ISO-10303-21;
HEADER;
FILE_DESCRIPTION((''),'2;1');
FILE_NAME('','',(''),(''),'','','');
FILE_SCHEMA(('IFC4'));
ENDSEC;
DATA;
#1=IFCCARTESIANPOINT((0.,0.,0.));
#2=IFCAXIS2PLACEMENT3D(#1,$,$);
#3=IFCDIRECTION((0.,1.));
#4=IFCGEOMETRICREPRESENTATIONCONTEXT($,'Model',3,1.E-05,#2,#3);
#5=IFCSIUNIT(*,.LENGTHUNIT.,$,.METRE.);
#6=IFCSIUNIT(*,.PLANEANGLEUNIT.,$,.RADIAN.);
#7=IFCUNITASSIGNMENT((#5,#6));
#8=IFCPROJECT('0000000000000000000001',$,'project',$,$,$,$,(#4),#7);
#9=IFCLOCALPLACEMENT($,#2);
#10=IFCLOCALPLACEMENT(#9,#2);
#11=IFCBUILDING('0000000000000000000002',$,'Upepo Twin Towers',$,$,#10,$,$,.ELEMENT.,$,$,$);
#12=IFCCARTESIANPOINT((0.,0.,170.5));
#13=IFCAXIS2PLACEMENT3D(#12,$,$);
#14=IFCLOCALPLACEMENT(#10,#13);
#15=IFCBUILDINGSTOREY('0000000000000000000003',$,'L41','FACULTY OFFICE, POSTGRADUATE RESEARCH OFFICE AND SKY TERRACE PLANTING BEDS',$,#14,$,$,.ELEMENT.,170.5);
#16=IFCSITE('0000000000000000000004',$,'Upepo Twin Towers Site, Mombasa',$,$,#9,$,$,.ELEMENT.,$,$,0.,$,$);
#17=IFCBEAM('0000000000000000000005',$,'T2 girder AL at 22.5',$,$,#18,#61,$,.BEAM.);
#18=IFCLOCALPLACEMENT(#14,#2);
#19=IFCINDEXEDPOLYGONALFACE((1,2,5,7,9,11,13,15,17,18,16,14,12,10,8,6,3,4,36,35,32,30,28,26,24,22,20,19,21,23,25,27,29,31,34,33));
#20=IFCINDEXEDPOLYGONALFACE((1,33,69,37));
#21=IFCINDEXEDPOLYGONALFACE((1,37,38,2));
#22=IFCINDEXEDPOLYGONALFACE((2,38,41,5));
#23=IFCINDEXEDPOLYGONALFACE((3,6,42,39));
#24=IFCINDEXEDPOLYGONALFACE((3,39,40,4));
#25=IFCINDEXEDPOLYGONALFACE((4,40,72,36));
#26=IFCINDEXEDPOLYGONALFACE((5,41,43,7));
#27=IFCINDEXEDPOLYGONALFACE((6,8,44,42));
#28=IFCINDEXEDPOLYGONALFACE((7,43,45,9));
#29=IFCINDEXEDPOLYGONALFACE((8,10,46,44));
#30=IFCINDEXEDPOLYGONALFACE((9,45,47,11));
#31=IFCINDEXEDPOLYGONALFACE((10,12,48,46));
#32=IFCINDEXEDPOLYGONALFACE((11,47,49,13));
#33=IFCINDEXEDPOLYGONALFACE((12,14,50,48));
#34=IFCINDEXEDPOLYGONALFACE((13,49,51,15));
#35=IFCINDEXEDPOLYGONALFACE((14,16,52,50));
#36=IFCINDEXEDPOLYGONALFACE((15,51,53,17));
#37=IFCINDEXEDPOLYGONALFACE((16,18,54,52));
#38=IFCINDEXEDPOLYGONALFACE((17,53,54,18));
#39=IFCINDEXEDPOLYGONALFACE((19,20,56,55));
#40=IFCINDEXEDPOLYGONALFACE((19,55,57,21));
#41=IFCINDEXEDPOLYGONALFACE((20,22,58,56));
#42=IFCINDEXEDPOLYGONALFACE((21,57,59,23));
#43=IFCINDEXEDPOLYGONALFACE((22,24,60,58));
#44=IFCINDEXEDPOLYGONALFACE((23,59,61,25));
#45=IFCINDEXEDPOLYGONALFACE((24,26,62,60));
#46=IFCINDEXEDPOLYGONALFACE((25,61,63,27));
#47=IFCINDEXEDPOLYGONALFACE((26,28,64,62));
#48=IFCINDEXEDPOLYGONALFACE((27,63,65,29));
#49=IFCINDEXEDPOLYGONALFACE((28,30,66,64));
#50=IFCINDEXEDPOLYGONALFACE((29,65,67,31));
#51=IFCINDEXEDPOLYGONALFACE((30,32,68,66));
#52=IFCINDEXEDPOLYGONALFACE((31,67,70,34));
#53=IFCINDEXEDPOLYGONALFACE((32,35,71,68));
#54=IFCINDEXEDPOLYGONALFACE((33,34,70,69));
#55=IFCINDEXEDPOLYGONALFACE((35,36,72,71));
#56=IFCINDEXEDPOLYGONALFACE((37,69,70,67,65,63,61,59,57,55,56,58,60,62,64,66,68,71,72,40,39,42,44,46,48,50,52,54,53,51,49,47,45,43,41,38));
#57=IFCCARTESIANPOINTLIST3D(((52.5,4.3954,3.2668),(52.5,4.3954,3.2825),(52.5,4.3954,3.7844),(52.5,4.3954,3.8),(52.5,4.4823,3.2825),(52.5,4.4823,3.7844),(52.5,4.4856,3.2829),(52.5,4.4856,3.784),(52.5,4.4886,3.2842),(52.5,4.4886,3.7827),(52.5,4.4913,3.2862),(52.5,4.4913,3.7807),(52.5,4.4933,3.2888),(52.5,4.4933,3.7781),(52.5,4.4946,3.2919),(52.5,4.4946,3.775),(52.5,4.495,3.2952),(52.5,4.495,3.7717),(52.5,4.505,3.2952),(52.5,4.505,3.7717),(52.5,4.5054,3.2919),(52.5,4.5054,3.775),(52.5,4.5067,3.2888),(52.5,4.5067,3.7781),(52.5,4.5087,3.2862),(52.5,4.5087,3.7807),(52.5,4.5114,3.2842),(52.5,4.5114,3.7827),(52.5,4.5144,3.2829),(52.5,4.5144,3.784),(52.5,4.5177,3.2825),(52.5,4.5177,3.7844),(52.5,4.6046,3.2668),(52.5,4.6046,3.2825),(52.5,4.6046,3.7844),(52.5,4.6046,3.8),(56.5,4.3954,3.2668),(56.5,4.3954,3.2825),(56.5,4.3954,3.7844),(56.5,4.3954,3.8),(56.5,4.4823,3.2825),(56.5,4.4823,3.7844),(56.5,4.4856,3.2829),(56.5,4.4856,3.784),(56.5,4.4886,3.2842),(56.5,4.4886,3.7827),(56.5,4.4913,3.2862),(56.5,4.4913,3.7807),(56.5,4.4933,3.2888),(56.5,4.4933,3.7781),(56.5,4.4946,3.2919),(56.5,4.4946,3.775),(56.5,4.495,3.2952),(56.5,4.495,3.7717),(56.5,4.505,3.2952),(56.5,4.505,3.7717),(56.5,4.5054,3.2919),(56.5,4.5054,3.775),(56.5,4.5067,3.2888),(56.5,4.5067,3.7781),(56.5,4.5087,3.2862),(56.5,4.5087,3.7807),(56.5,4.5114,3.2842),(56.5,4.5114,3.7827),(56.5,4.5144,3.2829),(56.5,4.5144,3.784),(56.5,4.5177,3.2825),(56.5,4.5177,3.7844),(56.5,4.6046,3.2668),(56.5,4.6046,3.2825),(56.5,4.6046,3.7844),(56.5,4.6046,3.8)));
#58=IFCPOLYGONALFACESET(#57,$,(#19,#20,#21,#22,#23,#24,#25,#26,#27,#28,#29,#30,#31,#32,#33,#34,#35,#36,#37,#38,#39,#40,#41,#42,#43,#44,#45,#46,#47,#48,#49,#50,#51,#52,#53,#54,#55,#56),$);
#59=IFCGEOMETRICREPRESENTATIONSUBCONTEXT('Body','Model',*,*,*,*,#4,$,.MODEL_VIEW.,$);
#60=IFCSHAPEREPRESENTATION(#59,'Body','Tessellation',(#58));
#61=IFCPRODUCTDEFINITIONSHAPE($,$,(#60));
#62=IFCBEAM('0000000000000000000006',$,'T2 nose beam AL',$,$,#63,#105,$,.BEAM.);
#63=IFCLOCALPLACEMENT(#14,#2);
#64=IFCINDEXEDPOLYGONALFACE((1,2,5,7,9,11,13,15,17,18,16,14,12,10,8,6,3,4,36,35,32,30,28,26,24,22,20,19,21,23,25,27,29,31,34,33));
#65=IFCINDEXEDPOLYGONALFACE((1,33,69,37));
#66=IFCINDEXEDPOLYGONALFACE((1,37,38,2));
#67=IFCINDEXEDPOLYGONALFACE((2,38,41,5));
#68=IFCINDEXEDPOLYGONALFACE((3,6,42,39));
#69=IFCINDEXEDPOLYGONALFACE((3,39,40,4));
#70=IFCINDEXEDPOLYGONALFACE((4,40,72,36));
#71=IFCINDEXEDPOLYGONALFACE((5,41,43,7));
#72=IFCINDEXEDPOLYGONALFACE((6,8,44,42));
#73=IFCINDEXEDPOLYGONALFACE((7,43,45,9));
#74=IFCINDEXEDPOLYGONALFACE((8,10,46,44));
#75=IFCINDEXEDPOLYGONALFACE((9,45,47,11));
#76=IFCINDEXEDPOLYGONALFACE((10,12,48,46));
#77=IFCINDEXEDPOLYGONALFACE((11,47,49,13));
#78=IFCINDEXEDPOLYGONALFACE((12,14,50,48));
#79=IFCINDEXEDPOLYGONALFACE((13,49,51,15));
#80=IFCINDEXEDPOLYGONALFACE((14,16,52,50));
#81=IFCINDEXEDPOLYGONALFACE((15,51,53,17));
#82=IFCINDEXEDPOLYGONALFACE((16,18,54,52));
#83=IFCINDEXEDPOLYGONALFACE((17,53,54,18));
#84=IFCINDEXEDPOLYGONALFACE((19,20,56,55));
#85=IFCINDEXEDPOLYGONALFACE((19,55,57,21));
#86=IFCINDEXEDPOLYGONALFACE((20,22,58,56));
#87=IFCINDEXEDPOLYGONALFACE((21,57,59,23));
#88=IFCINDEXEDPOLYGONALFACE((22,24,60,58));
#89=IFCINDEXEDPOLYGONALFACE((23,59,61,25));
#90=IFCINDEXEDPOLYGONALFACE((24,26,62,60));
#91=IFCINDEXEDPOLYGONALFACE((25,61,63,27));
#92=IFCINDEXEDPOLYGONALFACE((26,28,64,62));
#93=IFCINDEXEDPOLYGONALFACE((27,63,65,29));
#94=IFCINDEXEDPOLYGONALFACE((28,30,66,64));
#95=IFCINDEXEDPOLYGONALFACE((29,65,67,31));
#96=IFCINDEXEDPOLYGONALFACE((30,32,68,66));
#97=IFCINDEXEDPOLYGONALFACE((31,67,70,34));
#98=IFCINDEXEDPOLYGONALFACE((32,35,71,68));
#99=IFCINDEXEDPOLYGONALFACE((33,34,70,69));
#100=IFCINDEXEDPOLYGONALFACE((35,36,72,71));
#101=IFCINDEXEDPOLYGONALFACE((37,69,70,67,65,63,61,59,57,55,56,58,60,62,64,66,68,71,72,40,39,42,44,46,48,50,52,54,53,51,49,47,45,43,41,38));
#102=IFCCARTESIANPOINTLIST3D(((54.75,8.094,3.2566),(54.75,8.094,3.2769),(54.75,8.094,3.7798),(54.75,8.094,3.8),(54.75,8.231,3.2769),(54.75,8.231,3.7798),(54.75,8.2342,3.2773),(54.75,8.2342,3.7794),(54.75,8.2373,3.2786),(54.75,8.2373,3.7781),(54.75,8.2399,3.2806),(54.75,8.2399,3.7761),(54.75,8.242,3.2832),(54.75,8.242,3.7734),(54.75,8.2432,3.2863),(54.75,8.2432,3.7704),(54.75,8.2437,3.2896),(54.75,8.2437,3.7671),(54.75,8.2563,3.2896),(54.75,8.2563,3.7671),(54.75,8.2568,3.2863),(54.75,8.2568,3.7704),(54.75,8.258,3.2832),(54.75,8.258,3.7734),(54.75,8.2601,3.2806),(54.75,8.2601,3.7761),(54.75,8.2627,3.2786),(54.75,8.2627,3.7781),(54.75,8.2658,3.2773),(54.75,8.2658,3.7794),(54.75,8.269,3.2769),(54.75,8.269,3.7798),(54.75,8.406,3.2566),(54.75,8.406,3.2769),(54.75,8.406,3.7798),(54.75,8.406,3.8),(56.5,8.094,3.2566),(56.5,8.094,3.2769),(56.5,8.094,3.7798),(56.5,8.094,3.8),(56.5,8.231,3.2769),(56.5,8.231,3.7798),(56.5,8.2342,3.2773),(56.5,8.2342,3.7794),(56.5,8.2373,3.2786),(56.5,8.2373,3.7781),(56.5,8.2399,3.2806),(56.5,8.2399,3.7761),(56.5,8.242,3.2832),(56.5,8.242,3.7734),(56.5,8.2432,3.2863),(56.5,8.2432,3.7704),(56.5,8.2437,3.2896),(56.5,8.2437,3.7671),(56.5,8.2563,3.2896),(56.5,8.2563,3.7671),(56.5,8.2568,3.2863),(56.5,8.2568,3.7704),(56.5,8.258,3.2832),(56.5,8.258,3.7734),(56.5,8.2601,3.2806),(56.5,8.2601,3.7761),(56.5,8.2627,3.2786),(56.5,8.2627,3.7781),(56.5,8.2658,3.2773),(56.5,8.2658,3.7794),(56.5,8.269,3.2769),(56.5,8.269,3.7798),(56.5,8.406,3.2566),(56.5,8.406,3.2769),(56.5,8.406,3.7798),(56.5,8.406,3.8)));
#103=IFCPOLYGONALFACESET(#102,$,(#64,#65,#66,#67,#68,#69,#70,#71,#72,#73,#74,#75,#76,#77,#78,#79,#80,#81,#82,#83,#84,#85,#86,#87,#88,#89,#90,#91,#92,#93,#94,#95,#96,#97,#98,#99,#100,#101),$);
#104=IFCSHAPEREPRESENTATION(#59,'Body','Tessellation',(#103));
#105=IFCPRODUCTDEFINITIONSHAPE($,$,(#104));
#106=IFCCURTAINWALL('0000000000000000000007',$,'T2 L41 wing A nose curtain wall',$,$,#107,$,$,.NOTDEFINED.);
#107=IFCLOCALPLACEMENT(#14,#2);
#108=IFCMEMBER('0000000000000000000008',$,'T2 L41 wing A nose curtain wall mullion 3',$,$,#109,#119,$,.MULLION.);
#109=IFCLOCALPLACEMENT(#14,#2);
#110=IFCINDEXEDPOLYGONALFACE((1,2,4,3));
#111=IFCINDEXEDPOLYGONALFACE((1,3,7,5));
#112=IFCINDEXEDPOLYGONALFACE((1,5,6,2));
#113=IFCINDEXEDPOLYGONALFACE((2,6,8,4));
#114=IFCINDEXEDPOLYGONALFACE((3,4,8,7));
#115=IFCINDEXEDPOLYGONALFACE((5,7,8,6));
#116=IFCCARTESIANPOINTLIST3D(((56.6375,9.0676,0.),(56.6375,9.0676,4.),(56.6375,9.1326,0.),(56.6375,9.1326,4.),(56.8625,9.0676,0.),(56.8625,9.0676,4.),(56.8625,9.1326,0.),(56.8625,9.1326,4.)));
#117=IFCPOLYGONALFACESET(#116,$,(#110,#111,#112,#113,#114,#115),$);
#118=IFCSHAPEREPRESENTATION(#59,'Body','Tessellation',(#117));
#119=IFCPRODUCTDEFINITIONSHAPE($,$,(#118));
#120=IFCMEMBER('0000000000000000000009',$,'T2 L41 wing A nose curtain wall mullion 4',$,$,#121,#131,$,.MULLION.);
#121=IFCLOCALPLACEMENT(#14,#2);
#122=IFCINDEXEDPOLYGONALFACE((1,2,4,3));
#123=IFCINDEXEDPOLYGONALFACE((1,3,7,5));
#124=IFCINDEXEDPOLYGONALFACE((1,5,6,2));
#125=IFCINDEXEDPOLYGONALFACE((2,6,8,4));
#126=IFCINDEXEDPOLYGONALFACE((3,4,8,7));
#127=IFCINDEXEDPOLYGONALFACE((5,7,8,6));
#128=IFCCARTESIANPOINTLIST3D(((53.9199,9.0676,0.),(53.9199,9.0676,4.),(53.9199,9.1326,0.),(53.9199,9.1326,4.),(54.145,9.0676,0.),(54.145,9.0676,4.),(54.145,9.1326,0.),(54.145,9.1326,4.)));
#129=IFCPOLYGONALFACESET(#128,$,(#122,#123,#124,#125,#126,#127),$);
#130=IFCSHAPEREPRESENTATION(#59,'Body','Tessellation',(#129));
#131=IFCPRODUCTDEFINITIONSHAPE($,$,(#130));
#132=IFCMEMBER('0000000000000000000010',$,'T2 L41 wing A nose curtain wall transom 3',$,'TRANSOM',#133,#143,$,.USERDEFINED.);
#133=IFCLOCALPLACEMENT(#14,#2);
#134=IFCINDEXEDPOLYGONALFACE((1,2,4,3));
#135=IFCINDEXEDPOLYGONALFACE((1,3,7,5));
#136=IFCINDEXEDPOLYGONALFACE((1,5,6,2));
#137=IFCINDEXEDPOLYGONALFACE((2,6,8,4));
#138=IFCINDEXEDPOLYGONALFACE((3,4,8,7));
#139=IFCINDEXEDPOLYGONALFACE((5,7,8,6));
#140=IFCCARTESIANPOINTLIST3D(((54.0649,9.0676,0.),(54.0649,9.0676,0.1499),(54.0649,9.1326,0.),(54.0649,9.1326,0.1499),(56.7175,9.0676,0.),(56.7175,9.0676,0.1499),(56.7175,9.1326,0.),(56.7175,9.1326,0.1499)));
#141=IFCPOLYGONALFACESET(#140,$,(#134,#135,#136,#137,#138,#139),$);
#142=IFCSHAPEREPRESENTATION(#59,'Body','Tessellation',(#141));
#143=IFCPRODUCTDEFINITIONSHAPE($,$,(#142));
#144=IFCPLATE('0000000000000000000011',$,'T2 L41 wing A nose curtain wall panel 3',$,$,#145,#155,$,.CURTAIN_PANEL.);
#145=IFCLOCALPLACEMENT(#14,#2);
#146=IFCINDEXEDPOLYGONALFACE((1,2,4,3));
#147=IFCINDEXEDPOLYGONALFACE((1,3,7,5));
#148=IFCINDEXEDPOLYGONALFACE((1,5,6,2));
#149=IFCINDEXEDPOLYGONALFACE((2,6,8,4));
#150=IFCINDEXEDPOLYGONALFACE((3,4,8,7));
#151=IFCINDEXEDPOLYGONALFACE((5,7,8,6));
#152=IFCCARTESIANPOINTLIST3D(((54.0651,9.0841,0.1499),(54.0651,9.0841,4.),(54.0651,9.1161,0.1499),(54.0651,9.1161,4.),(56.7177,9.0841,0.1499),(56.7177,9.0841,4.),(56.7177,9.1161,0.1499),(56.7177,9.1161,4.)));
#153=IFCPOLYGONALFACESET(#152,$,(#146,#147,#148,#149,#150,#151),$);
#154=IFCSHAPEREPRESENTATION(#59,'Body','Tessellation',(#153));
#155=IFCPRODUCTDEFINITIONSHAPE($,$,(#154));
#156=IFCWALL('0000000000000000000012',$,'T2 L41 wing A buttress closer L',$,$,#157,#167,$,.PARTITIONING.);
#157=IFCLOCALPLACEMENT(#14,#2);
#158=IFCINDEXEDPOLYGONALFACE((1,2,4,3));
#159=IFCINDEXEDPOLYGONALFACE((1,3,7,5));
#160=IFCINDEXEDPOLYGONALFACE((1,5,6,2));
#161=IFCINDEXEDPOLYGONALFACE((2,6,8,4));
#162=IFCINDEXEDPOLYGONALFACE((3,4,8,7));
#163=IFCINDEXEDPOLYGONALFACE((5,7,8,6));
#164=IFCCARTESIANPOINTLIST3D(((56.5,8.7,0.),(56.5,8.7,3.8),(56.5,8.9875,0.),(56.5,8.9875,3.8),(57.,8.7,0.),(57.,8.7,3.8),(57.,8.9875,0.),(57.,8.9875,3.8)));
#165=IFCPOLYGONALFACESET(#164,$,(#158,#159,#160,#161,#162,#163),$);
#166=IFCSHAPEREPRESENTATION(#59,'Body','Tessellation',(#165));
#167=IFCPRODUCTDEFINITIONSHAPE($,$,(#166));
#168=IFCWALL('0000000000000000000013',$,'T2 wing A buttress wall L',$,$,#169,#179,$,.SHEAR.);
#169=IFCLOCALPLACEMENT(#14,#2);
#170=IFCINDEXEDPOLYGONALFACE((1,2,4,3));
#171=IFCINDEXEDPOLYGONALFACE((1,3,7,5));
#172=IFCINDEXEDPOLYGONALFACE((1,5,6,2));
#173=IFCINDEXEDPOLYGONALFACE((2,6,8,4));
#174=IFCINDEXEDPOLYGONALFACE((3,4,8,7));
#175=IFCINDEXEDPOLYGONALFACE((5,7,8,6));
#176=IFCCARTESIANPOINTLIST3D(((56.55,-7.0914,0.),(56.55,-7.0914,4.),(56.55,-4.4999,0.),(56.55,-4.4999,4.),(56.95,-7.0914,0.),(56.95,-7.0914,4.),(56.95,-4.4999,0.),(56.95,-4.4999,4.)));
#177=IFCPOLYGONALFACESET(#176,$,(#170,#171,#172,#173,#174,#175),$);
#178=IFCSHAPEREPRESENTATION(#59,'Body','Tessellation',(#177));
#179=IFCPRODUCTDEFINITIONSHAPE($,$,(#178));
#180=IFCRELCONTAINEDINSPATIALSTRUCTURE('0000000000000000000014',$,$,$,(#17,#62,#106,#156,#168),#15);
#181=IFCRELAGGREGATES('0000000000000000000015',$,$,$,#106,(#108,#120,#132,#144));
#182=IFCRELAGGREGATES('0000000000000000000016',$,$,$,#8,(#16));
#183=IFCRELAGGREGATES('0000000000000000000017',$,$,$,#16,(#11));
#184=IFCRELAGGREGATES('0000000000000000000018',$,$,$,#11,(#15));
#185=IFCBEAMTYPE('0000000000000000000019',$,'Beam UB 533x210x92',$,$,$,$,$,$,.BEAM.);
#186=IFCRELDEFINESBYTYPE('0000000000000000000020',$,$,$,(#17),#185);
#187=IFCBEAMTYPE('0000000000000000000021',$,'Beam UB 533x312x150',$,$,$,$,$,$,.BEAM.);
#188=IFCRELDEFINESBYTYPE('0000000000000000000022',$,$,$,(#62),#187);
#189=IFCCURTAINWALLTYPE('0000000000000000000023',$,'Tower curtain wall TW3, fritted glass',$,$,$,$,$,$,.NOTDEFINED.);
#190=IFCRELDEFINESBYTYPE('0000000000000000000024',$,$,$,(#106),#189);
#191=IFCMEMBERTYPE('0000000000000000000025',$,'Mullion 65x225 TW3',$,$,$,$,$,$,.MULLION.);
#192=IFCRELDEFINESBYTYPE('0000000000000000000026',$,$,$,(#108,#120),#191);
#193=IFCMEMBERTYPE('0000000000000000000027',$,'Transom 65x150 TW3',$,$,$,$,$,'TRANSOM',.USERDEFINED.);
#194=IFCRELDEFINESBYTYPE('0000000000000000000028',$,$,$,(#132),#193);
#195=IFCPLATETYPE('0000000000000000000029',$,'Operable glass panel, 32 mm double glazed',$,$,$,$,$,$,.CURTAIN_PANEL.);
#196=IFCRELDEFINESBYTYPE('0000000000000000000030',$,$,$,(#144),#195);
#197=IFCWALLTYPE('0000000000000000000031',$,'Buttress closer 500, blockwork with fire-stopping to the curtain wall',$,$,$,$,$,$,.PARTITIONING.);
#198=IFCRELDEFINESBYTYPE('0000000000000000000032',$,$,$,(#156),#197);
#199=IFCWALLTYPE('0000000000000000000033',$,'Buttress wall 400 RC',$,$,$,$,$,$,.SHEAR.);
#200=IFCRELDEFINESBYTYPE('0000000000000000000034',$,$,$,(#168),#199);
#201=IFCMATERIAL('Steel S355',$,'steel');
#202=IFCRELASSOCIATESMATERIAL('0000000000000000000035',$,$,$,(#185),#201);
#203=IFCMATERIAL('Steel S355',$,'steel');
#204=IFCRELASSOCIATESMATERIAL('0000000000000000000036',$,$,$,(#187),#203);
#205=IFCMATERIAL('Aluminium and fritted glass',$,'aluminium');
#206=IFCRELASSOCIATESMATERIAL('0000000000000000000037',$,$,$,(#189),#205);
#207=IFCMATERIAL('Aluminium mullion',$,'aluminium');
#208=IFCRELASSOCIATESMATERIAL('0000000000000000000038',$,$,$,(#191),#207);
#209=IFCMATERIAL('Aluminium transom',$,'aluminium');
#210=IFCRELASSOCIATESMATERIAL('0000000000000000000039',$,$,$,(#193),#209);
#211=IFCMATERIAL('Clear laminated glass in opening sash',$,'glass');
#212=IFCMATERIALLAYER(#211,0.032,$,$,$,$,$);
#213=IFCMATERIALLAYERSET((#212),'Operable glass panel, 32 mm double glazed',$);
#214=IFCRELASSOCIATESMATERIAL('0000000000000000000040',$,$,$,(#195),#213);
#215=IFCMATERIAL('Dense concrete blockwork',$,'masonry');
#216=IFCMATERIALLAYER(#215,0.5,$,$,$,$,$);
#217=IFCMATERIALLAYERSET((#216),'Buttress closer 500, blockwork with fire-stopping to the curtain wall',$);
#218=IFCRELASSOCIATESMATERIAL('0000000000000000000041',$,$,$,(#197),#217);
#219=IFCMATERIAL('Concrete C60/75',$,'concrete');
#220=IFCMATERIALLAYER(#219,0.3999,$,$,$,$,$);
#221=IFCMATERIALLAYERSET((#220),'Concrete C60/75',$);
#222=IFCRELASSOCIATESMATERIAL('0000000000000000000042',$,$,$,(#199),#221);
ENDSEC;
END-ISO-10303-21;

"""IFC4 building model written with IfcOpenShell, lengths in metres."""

from ifc_helpers import new_model, si_unit, direction, frame, frame_2d, origin, origin_2d, place, context, subcontext, project, spatial, rectangle, i_section, extrude, material, layer, layer_set, material_profile, profile_set, type_object, element, aggregate, save


model = new_model("IFC4")

# Units and contexts
model_context = context("Model", 3, precision=1e-05, world=origin(), true_north=direction((0.0, 1.0)))
body_context = subcontext(model_context, "Body", "Model", "MODEL_VIEW")
ifc_project = project(units=[si_unit("LENGTHUNIT", "METRE"), si_unit("PLANEANGLEUNIT", "RADIAN")], contexts=[model_context])

# Site, building, storey
site_placement = place(None, origin())
site = spatial("IfcSite", under=ifc_project, at=site_placement, Name="Upepo Twin Towers Site, Mombasa", CompositionType="ELEMENT", RefElevation=0.0)
building_placement = place(site_placement, origin())
building = spatial("IfcBuilding", under=site, at=building_placement, Name="Upepo Twin Towers", CompositionType="ELEMENT")
storey_placement = place(building_placement, frame((0.0, 0.0, 170.5)))
storey = spatial("IfcBuildingStorey", under=building, at=storey_placement, Name="L41", Description="FACULTY OFFICE, POSTGRADUATE RESEARCH OFFICE AND SKY TERRACE PLANTING BEDS", CompositionType="ELEMENT", Elevation=170.5)

# Beams
ifc_material_1 = material(Name="Steel S355", Category="steel")
ifc_material_profile_1 = material_profile(ifc_material_1, i_section(OverallWidth=0.2092, OverallDepth=0.5332, WebThickness=0.01, FlangeThickness=0.0156, FilletRadius=0.0127, at=origin_2d()), Name="UB 533x210x92")
ifc_profile_set_1 = profile_set([ifc_material_profile_1], Name="Steel S355")
beam_type_1 = type_object("IfcBeamType", Name="Beam UB 533x210x92", PredefinedType="BEAM", material=ifc_profile_set_1)
for number, where, z_axis, x_axis, name in (
    (1, (52.5, 4.5, 3.5334), (1.0, 0.0, 0.0), (0.0, 1.0, 0.0), "T2 girder AL at 22.5"),
):
    element("IfcBeam", number, at=place(storey_placement, frame(where, z_axis=z_axis, x_axis=x_axis)), inside=storey, type_object=beam_type_1, Name=name, PredefinedType="BEAM", context=body_context, shape_type="SweptSolid", body=[
        extrude(i_section(OverallWidth=0.2092, OverallDepth=0.5332, WebThickness=0.01, FlangeThickness=0.0156, FilletRadius=0.0127, at=origin_2d()), origin(), (0.0, 0.0, 1.0), 4.0),
    ])
ifc_material_2 = material(Name="Steel S355", Category="steel")
ifc_material_profile_2 = material_profile(ifc_material_2, i_section(OverallWidth=0.312, OverallDepth=0.5435, WebThickness=0.0127, FlangeThickness=0.0203, FilletRadius=0.0127, at=origin_2d()), Name="UB 533x312x150")
ifc_profile_set_2 = profile_set([ifc_material_profile_2], Name="Steel S355")
beam_type_2 = type_object("IfcBeamType", Name="Beam UB 533x312x150", PredefinedType="BEAM", material=ifc_profile_set_2)
beam_1_placement = place(storey_placement, frame((54.75, 8.25, 3.5283), z_axis=(1.0, 0.0, 0.0), x_axis=(0.0, 1.0, 0.0)))
element("IfcBeam", 2, at=beam_1_placement, inside=storey, type_object=beam_type_2, Name="T2 nose beam AL", PredefinedType="BEAM", context=body_context, shape_type="SweptSolid", body=[
    extrude(i_section(OverallWidth=0.312, OverallDepth=0.5435, WebThickness=0.0127, FlangeThickness=0.0203, FilletRadius=0.0127, at=origin_2d()), origin(), (0.0, 0.0, 1.0), 1.75),
])

# Curtain wall, members, plate
ifc_material_3 = material(Name="Aluminium and fritted glass", Category="aluminium")
curtain_wall_type = type_object("IfcCurtainWallType", Name="Tower curtain wall TW3, fritted glass", PredefinedType="NOTDEFINED", material=ifc_material_3)
curtain_wall_placement = place(storey_placement, origin())
curtain_wall = element("IfcCurtainWall", 3, at=curtain_wall_placement, inside=storey, type_object=curtain_wall_type, Name="T2 L41 wing A nose curtain wall", PredefinedType="NOTDEFINED")
ifc_material_4 = material(Name="Aluminium mullion", Category="aluminium")
ifc_material_profile_3 = material_profile(ifc_material_4, rectangle(XDim=0.0649, YDim=0.2251, at=origin_2d()), Name="MULLION 65x225")
ifc_profile_set_3 = profile_set([ifc_material_profile_3], Name="Aluminium mullion")
member_type_1 = type_object("IfcMemberType", Name="Mullion 65x225 TW3", PredefinedType="MULLION", material=ifc_profile_set_3)
member_1_placement = place(storey_placement, frame((56.75, 9.1001, 0.0), z_axis=(0.0, 0.0, 1.0), x_axis=(0.0, -1.0, 0.0)))
member_1 = element("IfcMember", 4, at=member_1_placement, type_object=member_type_1, Name="T2 L41 wing A nose curtain wall mullion 3", PredefinedType="MULLION", context=body_context, shape_type="SweptSolid", body=[
    extrude(rectangle(XDim=0.0649, YDim=0.2251, at=origin_2d()), origin(), (0.0, 0.0, 1.0), 4.0),
])
member_2_placement = place(storey_placement, frame((54.0325, 9.1001, 0.0), z_axis=(0.0, 0.0, 1.0), x_axis=(0.0, -1.0, 0.0)))
member_2 = element("IfcMember", 5, at=member_2_placement, type_object=member_type_1, Name="T2 L41 wing A nose curtain wall mullion 4", PredefinedType="MULLION", context=body_context, shape_type="SweptSolid", body=[
    extrude(rectangle(XDim=0.0649, YDim=0.2251, at=origin_2d()), origin(), (0.0, 0.0, 1.0), 4.0),
])
ifc_material_5 = material(Name="Aluminium transom", Category="aluminium")
ifc_material_profile_4 = material_profile(ifc_material_5, rectangle(XDim=0.0649, YDim=0.1499, at=origin_2d()), Name="TRANSOM 65x150")
ifc_profile_set_4 = profile_set([ifc_material_profile_4], Name="Aluminium transom")
member_type_2 = type_object("IfcMemberType", Name="Transom 65x150 TW3", ElementType="TRANSOM", PredefinedType="USERDEFINED", material=ifc_profile_set_4)
member_3_placement = place(storey_placement, frame((56.7175, 9.1001, 0.075), z_axis=(-1.0, 0.0, 0.0), x_axis=(0.0, -1.0, 0.0)))
member_3 = element("IfcMember", 6, at=member_3_placement, type_object=member_type_2, Name="T2 L41 wing A nose curtain wall transom 3", ObjectType="TRANSOM", PredefinedType="USERDEFINED", context=body_context, shape_type="SweptSolid", body=[
    extrude(rectangle(XDim=0.0649, YDim=0.1499, at=origin_2d()), origin(), (0.0, 0.0, 1.0), 2.6526),
])
ifc_material_6 = material(Name="Clear laminated glass in opening sash", Category="glass")
ifc_layer_1 = layer(ifc_material_6, 0.032)
ifc_layer_set_1 = layer_set([ifc_layer_1], Name="Operable glass panel, 32 mm double glazed")
plate_type = type_object("IfcPlateType", Name="Operable glass panel, 32 mm double glazed", PredefinedType="CURTAIN_PANEL", material=ifc_layer_set_1)
plate_placement = place(storey_placement, frame((55.3914, 9.1001, 0.1499), z_axis=(0.0, 0.0, 1.0), x_axis=(-1.0, 0.0, 0.0)))
plate = element("IfcPlate", 7, at=plate_placement, type_object=plate_type, Name="T2 L41 wing A nose curtain wall panel 3", PredefinedType="CURTAIN_PANEL", context=body_context, shape_type="SweptSolid", body=[
    extrude(rectangle(XDim=2.6526, YDim=0.032, at=origin_2d()), origin(), (0.0, 0.0, 1.0), 3.8501),
])
aggregate(curtain_wall, [member_1, member_2, member_3, plate])

# Walls
ifc_material_7 = material(Name="Dense concrete blockwork", Category="masonry")
ifc_layer_2 = layer(ifc_material_7, 0.5)
ifc_layer_set_2 = layer_set([ifc_layer_2], Name="Buttress closer 500, blockwork with fire-stopping to the curtain wall")
wall_type_1 = type_object("IfcWallType", Name="Buttress closer 500, blockwork with fire-stopping to the curtain wall", PredefinedType="PARTITIONING", material=ifc_layer_set_2)
wall_1_placement = place(storey_placement, frame((56.75, 8.7, 0.0), z_axis=(0.0, 0.0, 1.0), x_axis=(0.0, 1.0, 0.0)))
element("IfcWall", 8, at=wall_1_placement, inside=storey, type_object=wall_type_1, Name="T2 L41 wing A buttress closer L", PredefinedType="PARTITIONING", context=body_context, shape_type="SweptSolid", body=[
    extrude(rectangle(XDim=0.2876, YDim=0.5, at=frame_2d((0.1438, 0.0))), origin(), (0.0, 0.0, 1.0), 3.8),
])
ifc_material_8 = material(Name="Concrete C60/75", Category="concrete")
ifc_layer_3 = layer(ifc_material_8, 0.3999)
ifc_layer_set_3 = layer_set([ifc_layer_3], Name="Concrete C60/75")
wall_type_2 = type_object("IfcWallType", Name="Buttress wall 400 RC", PredefinedType="SHEAR", material=ifc_layer_set_3)
wall_2_placement = place(storey_placement, frame((56.75, -7.0916, 0.0), z_axis=(0.0, 0.0, 1.0), x_axis=(0.0, 1.0, 0.0)))
element("IfcWall", 9, at=wall_2_placement, inside=storey, type_object=wall_type_2, Name="T2 wing A buttress wall L", PredefinedType="SHEAR", context=body_context, shape_type="SweptSolid", body=[
    extrude(rectangle(XDim=2.5916, YDim=0.3999, at=frame_2d((1.2959, 0.0))), origin(), (0.0, 0.0, 1.0), 4.0),
])

save(model, "model.ifc")
